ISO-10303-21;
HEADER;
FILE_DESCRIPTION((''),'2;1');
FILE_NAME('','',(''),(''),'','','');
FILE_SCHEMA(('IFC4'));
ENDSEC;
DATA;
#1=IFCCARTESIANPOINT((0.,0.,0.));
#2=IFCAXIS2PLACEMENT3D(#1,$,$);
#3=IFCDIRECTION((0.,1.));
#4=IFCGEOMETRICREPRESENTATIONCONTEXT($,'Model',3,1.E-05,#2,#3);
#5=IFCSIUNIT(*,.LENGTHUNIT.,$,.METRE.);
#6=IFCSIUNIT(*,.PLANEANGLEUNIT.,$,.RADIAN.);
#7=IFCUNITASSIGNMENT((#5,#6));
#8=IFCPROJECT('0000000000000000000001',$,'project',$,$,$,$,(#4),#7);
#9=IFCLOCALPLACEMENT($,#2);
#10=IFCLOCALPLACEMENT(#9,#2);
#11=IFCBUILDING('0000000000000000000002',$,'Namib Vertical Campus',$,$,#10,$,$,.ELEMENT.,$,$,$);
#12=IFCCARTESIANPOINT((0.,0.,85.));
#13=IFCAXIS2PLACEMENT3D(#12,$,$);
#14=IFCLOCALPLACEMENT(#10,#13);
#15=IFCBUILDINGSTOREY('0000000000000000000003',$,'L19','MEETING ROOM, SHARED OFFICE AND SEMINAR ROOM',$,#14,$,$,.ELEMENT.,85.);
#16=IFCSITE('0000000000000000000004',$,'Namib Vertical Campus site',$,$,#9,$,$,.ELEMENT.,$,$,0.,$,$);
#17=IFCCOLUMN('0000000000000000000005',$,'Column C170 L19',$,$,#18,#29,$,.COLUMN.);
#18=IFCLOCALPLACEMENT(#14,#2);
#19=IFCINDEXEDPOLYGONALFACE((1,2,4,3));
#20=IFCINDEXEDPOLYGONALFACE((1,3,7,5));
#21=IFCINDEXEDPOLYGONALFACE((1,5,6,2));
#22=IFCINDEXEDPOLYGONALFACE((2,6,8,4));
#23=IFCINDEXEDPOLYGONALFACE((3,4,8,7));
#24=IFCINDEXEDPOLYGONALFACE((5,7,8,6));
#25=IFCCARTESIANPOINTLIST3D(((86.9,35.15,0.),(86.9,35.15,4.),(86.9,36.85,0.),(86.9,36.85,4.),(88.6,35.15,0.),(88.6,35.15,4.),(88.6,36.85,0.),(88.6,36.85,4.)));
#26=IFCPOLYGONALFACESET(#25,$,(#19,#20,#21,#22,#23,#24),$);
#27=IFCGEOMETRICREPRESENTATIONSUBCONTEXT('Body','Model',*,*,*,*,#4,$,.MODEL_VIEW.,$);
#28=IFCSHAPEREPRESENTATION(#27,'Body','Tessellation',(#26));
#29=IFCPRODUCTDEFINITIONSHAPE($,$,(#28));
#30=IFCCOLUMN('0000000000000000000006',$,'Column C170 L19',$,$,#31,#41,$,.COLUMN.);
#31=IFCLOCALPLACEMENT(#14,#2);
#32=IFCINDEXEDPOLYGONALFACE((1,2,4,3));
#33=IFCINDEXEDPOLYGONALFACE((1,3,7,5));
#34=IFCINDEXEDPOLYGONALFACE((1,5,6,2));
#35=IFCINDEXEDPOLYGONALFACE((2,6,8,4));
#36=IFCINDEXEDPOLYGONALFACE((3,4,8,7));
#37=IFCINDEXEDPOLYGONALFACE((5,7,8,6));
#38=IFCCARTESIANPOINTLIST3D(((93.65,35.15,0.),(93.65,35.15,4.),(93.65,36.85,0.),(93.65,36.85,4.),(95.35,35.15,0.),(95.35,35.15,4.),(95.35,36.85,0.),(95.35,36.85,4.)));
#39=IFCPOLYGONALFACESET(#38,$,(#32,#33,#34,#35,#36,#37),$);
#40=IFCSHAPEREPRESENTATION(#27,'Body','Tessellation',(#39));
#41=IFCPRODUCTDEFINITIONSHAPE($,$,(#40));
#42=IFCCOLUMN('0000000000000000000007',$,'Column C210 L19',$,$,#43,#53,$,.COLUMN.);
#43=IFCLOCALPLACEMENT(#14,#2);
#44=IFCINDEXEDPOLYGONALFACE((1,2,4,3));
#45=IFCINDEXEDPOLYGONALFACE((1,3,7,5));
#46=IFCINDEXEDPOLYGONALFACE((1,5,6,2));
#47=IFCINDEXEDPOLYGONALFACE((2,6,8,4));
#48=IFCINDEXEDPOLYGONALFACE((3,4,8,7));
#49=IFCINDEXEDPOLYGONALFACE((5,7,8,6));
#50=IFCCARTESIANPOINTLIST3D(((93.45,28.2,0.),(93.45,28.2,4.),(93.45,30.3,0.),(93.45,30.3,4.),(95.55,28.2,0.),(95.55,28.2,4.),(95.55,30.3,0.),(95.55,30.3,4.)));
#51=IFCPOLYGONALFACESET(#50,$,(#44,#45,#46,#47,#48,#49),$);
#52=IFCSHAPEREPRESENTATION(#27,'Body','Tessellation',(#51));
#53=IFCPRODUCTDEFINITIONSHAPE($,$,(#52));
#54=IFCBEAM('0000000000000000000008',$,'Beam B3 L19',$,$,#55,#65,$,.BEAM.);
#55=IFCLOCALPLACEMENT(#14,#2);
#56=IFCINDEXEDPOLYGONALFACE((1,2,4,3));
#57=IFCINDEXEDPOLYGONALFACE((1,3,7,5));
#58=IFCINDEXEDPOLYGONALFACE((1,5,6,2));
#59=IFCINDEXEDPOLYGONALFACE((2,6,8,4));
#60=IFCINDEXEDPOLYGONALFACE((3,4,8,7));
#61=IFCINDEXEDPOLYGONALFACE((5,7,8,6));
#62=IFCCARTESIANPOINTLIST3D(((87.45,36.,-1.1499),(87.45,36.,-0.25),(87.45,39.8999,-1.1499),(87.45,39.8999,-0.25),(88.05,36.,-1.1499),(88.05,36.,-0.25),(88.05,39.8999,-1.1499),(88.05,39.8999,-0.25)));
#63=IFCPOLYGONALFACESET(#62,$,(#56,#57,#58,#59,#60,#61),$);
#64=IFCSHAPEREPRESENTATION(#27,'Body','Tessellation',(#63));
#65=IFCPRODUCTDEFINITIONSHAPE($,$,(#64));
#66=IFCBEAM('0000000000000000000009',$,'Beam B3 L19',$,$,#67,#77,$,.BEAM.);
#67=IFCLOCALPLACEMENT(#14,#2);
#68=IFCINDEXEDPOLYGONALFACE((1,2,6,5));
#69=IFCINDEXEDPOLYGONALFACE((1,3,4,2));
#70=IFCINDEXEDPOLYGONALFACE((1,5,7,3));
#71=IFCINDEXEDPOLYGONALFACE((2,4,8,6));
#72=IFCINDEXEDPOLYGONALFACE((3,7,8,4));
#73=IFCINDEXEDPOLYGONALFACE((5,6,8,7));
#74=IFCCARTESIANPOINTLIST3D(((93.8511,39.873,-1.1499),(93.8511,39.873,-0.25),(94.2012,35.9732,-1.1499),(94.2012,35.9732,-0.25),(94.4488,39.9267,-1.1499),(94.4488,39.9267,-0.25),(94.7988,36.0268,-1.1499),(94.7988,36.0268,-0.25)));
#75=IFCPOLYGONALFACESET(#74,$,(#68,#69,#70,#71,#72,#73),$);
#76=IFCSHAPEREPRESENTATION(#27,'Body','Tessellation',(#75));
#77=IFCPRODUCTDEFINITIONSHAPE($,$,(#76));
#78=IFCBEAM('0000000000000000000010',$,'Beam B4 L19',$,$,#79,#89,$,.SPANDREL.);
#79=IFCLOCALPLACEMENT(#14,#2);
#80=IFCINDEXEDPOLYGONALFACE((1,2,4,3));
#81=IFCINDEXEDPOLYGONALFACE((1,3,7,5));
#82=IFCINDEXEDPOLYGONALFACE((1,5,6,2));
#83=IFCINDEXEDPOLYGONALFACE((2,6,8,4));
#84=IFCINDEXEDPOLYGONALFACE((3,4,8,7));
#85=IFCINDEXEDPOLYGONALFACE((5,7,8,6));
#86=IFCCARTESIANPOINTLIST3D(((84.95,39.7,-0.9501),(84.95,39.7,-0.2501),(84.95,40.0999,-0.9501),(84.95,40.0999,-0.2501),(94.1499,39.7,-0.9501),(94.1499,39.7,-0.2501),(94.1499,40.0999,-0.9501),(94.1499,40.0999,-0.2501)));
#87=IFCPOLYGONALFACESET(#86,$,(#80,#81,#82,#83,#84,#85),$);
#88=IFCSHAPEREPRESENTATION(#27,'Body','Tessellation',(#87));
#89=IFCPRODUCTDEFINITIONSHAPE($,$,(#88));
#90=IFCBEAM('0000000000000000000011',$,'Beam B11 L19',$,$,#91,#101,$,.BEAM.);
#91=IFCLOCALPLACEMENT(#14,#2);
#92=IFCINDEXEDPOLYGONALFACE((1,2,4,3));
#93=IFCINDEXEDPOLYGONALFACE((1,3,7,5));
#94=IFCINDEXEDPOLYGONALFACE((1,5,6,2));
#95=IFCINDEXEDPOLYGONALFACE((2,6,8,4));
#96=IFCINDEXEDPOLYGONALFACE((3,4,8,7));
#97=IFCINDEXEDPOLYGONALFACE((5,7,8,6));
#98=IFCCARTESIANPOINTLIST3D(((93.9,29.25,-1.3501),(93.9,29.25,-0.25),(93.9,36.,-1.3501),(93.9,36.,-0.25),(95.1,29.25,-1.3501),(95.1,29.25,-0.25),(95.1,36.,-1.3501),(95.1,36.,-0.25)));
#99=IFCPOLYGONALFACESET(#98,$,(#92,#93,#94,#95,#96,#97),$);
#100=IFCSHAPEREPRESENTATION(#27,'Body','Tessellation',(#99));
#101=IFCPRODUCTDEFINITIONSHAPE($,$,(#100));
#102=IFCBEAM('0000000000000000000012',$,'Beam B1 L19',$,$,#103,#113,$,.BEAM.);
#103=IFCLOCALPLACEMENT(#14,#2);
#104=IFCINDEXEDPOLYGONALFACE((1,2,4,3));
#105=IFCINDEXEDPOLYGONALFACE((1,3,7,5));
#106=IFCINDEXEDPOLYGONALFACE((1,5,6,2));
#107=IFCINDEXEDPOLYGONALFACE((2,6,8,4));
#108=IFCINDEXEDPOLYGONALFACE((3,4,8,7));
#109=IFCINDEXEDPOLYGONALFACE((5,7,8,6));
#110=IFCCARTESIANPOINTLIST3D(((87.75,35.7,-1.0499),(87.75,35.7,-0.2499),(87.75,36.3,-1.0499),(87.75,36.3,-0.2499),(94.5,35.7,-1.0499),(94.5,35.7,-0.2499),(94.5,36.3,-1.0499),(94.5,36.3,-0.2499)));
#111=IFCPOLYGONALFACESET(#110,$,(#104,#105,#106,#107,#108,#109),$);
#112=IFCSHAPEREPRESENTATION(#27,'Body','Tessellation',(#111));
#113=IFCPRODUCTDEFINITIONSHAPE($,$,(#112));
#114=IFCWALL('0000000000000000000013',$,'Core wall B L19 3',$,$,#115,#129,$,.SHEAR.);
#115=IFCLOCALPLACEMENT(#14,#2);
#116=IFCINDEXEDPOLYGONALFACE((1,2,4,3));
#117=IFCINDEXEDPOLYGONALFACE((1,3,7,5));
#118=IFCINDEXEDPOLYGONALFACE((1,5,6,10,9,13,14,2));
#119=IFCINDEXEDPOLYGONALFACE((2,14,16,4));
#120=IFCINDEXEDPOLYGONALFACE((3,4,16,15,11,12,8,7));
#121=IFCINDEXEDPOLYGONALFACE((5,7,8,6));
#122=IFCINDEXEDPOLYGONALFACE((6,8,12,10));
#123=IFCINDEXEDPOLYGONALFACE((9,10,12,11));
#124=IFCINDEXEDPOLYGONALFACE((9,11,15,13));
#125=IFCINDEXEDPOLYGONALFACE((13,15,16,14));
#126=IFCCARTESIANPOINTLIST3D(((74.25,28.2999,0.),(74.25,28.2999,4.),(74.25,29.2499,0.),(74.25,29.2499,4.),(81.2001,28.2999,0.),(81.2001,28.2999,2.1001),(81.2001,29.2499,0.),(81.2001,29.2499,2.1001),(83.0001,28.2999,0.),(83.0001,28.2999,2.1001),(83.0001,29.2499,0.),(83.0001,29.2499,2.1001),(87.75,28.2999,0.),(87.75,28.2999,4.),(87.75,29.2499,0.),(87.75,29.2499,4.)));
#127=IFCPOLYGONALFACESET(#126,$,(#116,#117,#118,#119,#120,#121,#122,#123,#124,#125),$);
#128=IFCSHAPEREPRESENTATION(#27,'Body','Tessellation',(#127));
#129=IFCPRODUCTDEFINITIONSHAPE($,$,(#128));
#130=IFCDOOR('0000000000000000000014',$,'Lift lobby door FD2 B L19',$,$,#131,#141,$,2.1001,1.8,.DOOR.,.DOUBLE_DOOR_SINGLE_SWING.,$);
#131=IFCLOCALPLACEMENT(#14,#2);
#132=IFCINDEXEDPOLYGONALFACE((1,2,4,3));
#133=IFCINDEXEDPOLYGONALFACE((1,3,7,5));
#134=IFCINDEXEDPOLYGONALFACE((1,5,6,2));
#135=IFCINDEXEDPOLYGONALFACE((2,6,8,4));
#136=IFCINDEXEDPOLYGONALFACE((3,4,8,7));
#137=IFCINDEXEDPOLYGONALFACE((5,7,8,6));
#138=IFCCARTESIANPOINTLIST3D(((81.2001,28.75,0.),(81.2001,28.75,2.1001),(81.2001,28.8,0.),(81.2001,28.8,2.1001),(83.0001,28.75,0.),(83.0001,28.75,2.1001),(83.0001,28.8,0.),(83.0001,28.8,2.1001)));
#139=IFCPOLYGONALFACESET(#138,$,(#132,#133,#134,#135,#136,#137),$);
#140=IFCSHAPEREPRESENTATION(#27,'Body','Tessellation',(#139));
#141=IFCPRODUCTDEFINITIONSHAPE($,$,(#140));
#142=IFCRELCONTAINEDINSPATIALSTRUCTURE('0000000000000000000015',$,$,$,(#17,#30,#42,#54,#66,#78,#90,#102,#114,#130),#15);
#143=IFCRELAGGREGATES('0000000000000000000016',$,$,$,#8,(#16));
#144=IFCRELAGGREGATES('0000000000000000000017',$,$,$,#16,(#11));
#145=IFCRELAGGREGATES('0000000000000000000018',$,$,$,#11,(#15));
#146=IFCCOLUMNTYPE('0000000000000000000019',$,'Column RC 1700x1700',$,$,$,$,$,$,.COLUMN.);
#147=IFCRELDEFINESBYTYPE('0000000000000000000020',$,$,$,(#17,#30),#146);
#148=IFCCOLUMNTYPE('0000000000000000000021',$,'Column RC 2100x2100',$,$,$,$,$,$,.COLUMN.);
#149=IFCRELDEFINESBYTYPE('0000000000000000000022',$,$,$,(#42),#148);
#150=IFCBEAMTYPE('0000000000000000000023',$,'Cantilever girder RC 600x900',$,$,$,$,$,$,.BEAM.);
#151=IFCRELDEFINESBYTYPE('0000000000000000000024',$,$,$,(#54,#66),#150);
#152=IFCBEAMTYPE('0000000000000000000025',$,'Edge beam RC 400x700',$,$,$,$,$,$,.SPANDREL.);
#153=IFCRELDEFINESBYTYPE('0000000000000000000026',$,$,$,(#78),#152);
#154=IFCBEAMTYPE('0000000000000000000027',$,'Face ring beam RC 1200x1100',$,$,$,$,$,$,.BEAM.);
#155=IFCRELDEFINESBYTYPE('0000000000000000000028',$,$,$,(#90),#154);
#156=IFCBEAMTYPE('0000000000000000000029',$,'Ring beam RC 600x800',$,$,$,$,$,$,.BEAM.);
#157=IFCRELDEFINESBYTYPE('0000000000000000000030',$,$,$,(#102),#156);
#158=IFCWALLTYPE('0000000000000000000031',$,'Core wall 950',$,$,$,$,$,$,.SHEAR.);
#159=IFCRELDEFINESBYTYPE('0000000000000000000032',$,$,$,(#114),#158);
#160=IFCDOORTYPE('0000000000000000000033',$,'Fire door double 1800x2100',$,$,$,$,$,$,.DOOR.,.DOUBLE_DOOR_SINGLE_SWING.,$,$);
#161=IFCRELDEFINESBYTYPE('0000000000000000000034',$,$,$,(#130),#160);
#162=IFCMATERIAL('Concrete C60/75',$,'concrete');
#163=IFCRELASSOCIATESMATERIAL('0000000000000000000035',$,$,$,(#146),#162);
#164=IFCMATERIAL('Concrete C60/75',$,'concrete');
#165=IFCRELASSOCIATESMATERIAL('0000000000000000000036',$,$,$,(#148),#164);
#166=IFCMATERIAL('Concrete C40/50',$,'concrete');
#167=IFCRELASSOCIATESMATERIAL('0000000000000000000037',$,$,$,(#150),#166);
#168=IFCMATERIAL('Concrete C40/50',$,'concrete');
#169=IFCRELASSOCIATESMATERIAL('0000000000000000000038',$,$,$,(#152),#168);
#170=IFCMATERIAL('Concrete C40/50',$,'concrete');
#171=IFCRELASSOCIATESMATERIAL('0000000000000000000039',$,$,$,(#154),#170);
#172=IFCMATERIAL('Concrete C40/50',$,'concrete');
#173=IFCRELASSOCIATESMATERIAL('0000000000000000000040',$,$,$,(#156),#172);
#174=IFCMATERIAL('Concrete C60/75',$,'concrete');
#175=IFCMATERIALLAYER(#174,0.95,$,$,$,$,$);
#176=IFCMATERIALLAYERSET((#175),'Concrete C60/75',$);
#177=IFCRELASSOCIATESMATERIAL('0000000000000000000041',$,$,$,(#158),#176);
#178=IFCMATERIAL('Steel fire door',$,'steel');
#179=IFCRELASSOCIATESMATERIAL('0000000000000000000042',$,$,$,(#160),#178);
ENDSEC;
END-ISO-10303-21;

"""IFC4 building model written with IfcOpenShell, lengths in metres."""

from ifc_helpers import new_model, si_unit, direction, frame, frame_2d, origin, origin_2d, place, context, subcontext, project, spatial, rectangle, extrude, material, layer, layer_set, material_profile, profile_set, type_object, element, fill, save


model = new_model("IFC4")

# Units and contexts
model_context = context("Model", 3, precision=1e-05, world=origin(), true_north=direction((0.0, 1.0)))
body_context = subcontext(model_context, "Body", "Model", "MODEL_VIEW")
ifc_project = project(units=[si_unit("LENGTHUNIT", "METRE"), si_unit("PLANEANGLEUNIT", "RADIAN")], contexts=[model_context])

# Site, building, storey
site_placement = place(None, origin())
site = spatial("IfcSite", under=ifc_project, at=site_placement, Name="Namib Vertical Campus site", CompositionType="ELEMENT", RefElevation=0.0)
building_placement = place(site_placement, origin())
building = spatial("IfcBuilding", under=site, at=building_placement, Name="Namib Vertical Campus", CompositionType="ELEMENT")
storey_placement = place(building_placement, frame((0.0, 0.0, 85.0)))
storey = spatial("IfcBuildingStorey", under=building, at=storey_placement, Name="L19", Description="MEETING ROOM, SHARED OFFICE AND SEMINAR ROOM", CompositionType="ELEMENT", Elevation=85.0)

# Columns
ifc_material_1 = material(Name="Concrete C60/75", Category="concrete")
ifc_material_profile_1 = material_profile(ifc_material_1, rectangle(XDim=1.7, YDim=1.7, at=origin_2d()))
ifc_profile_set_1 = profile_set([ifc_material_profile_1], Name="Concrete C60/75")
column_type_1 = type_object("IfcColumnType", Name="Column RC 1700x1700", PredefinedType="COLUMN", material=ifc_profile_set_1)
for number, where, z_axis, x_axis, name in (
    (1, (87.75, 36.0, 0.0), (0.0, 0.0, 1.0), (1.0, 0.0, 0.0), "Column C170 L19"),
    (2, (94.5, 36.0, 0.0), (0.0, 0.0, 1.0), (1.0, 0.0, 0.0), "Column C170 L19"),
):
    element("IfcColumn", number, at=place(storey_placement, frame(where, z_axis=z_axis, x_axis=x_axis)), inside=storey, type_object=column_type_1, Name=name, PredefinedType="COLUMN", context=body_context, shape_type="SweptSolid", body=[
        extrude(rectangle(XDim=1.7, YDim=1.7, at=origin_2d()), origin(), (0.0, 0.0, 1.0), 4.0),
    ])
ifc_material_2 = material(Name="Concrete C60/75", Category="concrete")
ifc_material_profile_2 = material_profile(ifc_material_2, rectangle(XDim=2.1001, YDim=2.1001, at=origin_2d()))
ifc_profile_set_2 = profile_set([ifc_material_profile_2], Name="Concrete C60/75")
column_type_2 = type_object("IfcColumnType", Name="Column RC 2100x2100", PredefinedType="COLUMN", material=ifc_profile_set_2)
column_placement = place(storey_placement, frame((94.5, 29.25, 0.0), z_axis=(0.0, 0.0, 1.0), x_axis=(1.0, 0.0, 0.0)))
element("IfcColumn", 3, at=column_placement, inside=storey, type_object=column_type_2, Name="Column C210 L19", PredefinedType="COLUMN", context=body_context, shape_type="SweptSolid", body=[
    extrude(rectangle(XDim=2.1001, YDim=2.1001, at=origin_2d()), origin(), (0.0, 0.0, 1.0), 4.0),
])

# Beams
ifc_material_3 = material(Name="Concrete C40/50", Category="concrete")
ifc_material_profile_3 = material_profile(ifc_material_3, rectangle(XDim=0.6001, YDim=0.8999, at=origin_2d()))
ifc_profile_set_3 = profile_set([ifc_material_profile_3], Name="Concrete C40/50")
beam_type_1 = type_object("IfcBeamType", Name="Cantilever girder RC 600x900", PredefinedType="BEAM", material=ifc_profile_set_3)
beam_1_placement = place(storey_placement, frame((87.75, 36.0, -0.7), z_axis=(0.0, 1.0, 0.0), x_axis=(-1.0, 0.0, 0.0)))
element("IfcBeam", 4, at=beam_1_placement, inside=storey, type_object=beam_type_1, Name="Beam B3 L19", PredefinedType="BEAM", context=body_context, shape_type="SweptSolid", body=[
    extrude(rectangle(XDim=0.6001, YDim=0.8999, at=origin_2d()), origin(), (0.0, 0.0, 1.0), 3.8999),
])
beam_2_placement = place(storey_placement, frame((94.5, 36.0, -0.7), z_axis=(-0.089411, 0.995995, 0.0), x_axis=(-0.995995, -0.089411, 0.0)))
element("IfcBeam", 5, at=beam_2_placement, inside=storey, type_object=beam_type_1, Name="Beam B3 L19", PredefinedType="BEAM", context=body_context, shape_type="SweptSolid", body=[
    extrude(rectangle(XDim=0.6001, YDim=0.8999, at=origin_2d()), origin(), (0.0, 0.0, 1.0), 3.9155),
])
ifc_material_4 = material(Name="Concrete C40/50", Category="concrete")
ifc_material_profile_4 = material_profile(ifc_material_4, rectangle(XDim=0.3999, YDim=0.7, at=origin_2d()))
ifc_profile_set_4 = profile_set([ifc_material_profile_4], Name="Concrete C40/50")
beam_type_2 = type_object("IfcBeamType", Name="Edge beam RC 400x700", PredefinedType="SPANDREL", material=ifc_profile_set_4)
beam_3_placement = place(storey_placement, frame((84.95, 39.8999, -0.6001), z_axis=(1.0, 0.0, 0.0), x_axis=(0.0, 1.0, 0.0)))
element("IfcBeam", 6, at=beam_3_placement, inside=storey, type_object=beam_type_2, Name="Beam B4 L19", PredefinedType="SPANDREL", context=body_context, shape_type="SweptSolid", body=[
    extrude(rectangle(XDim=0.3999, YDim=0.7, at=origin_2d()), origin(), (0.0, 0.0, 1.0), 9.2),
])
ifc_material_5 = material(Name="Concrete C40/50", Category="concrete")
ifc_material_profile_5 = material_profile(ifc_material_5, rectangle(XDim=1.2, YDim=1.1001, at=origin_2d()))
ifc_profile_set_5 = profile_set([ifc_material_profile_5], Name="Concrete C40/50")
beam_type_3 = type_object("IfcBeamType", Name="Face ring beam RC 1200x1100", PredefinedType="BEAM", material=ifc_profile_set_5)
beam_4_placement = place(storey_placement, frame((94.5, 29.25, -0.8), z_axis=(0.0, 1.0, 0.0), x_axis=(-1.0, 0.0, 0.0)))
element("IfcBeam", 7, at=beam_4_placement, inside=storey, type_object=beam_type_3, Name="Beam B11 L19", PredefinedType="BEAM", context=body_context, shape_type="SweptSolid", body=[
    extrude(rectangle(XDim=1.2, YDim=1.1001, at=origin_2d()), origin(), (0.0, 0.0, 1.0), 6.75),
])
ifc_material_6 = material(Name="Concrete C40/50", Category="concrete")
ifc_material_profile_6 = material_profile(ifc_material_6, rectangle(XDim=0.6001, YDim=0.8, at=origin_2d()))
ifc_profile_set_6 = profile_set([ifc_material_profile_6], Name="Concrete C40/50")
beam_type_4 = type_object("IfcBeamType", Name="Ring beam RC 600x800", PredefinedType="BEAM", material=ifc_profile_set_6)
beam_5_placement = place(storey_placement, frame((87.75, 36.0, -0.6499), z_axis=(1.0, 0.0, 0.0), x_axis=(0.0, 1.0, 0.0)))
element("IfcBeam", 8, at=beam_5_placement, inside=storey, type_object=beam_type_4, Name="Beam B1 L19", PredefinedType="BEAM", context=body_context, shape_type="SweptSolid", body=[
    extrude(rectangle(XDim=0.6001, YDim=0.8, at=origin_2d()), origin(), (0.0, 0.0, 1.0), 6.75),
])

# Wall, opening, door
ifc_material_7 = material(Name="Concrete C60/75", Category="concrete")
ifc_layer_1 = layer(ifc_material_7, 0.95)
ifc_layer_set_1 = layer_set([ifc_layer_1], Name="Concrete C60/75")
wall_type_1 = type_object("IfcWallType", Name="Core wall 950", PredefinedType="SHEAR", material=ifc_layer_set_1)
wall_1_placement = place(storey_placement, frame((87.75, 28.7749, 0.0), z_axis=(0.0, 0.0, 1.0), x_axis=(-1.0, 0.0, 0.0)))
wall_1 = element("IfcWall", 9, at=wall_1_placement, inside=storey, type_object=wall_type_1, Name="Core wall B L19 3", PredefinedType="SHEAR", context=body_context, shape_type="SweptSolid", body=[
    extrude(rectangle(XDim=13.5, YDim=0.95, at=frame_2d((6.75, 0.0))), origin(), (0.0, 0.0, 1.0), 4.0),
])
opening_1_placement = place(wall_1_placement, frame((4.75, 0.0, 0.0)))
opening_1 = element("IfcOpeningElement", 10, at=opening_1_placement, cuts=wall_1, PredefinedType="OPENING", context=body_context, shape_type="SweptSolid", body=[
    extrude(rectangle(XDim=1.8, YDim=2.1001, at=frame_2d((0.8999, 1.05))), frame((0.0, 0.4849, 0.0), z_axis=(0.0, -1.0, 0.0), x_axis=(1.0, 0.0, 0.0)), (0.0, 0.0, 1.0), 0.97),
])
ifc_material_8 = material(Name="Steel fire door", Category="steel")
door_type_1 = type_object("IfcDoorType", Name="Fire door double 1800x2100", OperationType="DOUBLE_DOOR_SINGLE_SWING", PredefinedType="DOOR", material=ifc_material_8)
door_1_placement = place(opening_1_placement, origin())
door_1 = element("IfcDoor", 11, at=door_1_placement, inside=storey, type_object=door_type_1, Name="Lift lobby door FD2 B L19", OperationType="DOUBLE_DOOR_SINGLE_SWING", OverallHeight=2.1001, OverallWidth=1.8, PredefinedType="DOOR", context=body_context, shape_type="SweptSolid", body=[
    extrude(rectangle(XDim=1.8, YDim=2.1001, at=frame_2d((0.8999, 1.05))), frame((0.0, 0.0249, 0.0), z_axis=(0.0, -1.0, 0.0), x_axis=(1.0, 0.0, 0.0)), (0.0, 0.0, 1.0), 0.05),
])
fill(opening_1, door_1)

save(model, "model.ifc")
